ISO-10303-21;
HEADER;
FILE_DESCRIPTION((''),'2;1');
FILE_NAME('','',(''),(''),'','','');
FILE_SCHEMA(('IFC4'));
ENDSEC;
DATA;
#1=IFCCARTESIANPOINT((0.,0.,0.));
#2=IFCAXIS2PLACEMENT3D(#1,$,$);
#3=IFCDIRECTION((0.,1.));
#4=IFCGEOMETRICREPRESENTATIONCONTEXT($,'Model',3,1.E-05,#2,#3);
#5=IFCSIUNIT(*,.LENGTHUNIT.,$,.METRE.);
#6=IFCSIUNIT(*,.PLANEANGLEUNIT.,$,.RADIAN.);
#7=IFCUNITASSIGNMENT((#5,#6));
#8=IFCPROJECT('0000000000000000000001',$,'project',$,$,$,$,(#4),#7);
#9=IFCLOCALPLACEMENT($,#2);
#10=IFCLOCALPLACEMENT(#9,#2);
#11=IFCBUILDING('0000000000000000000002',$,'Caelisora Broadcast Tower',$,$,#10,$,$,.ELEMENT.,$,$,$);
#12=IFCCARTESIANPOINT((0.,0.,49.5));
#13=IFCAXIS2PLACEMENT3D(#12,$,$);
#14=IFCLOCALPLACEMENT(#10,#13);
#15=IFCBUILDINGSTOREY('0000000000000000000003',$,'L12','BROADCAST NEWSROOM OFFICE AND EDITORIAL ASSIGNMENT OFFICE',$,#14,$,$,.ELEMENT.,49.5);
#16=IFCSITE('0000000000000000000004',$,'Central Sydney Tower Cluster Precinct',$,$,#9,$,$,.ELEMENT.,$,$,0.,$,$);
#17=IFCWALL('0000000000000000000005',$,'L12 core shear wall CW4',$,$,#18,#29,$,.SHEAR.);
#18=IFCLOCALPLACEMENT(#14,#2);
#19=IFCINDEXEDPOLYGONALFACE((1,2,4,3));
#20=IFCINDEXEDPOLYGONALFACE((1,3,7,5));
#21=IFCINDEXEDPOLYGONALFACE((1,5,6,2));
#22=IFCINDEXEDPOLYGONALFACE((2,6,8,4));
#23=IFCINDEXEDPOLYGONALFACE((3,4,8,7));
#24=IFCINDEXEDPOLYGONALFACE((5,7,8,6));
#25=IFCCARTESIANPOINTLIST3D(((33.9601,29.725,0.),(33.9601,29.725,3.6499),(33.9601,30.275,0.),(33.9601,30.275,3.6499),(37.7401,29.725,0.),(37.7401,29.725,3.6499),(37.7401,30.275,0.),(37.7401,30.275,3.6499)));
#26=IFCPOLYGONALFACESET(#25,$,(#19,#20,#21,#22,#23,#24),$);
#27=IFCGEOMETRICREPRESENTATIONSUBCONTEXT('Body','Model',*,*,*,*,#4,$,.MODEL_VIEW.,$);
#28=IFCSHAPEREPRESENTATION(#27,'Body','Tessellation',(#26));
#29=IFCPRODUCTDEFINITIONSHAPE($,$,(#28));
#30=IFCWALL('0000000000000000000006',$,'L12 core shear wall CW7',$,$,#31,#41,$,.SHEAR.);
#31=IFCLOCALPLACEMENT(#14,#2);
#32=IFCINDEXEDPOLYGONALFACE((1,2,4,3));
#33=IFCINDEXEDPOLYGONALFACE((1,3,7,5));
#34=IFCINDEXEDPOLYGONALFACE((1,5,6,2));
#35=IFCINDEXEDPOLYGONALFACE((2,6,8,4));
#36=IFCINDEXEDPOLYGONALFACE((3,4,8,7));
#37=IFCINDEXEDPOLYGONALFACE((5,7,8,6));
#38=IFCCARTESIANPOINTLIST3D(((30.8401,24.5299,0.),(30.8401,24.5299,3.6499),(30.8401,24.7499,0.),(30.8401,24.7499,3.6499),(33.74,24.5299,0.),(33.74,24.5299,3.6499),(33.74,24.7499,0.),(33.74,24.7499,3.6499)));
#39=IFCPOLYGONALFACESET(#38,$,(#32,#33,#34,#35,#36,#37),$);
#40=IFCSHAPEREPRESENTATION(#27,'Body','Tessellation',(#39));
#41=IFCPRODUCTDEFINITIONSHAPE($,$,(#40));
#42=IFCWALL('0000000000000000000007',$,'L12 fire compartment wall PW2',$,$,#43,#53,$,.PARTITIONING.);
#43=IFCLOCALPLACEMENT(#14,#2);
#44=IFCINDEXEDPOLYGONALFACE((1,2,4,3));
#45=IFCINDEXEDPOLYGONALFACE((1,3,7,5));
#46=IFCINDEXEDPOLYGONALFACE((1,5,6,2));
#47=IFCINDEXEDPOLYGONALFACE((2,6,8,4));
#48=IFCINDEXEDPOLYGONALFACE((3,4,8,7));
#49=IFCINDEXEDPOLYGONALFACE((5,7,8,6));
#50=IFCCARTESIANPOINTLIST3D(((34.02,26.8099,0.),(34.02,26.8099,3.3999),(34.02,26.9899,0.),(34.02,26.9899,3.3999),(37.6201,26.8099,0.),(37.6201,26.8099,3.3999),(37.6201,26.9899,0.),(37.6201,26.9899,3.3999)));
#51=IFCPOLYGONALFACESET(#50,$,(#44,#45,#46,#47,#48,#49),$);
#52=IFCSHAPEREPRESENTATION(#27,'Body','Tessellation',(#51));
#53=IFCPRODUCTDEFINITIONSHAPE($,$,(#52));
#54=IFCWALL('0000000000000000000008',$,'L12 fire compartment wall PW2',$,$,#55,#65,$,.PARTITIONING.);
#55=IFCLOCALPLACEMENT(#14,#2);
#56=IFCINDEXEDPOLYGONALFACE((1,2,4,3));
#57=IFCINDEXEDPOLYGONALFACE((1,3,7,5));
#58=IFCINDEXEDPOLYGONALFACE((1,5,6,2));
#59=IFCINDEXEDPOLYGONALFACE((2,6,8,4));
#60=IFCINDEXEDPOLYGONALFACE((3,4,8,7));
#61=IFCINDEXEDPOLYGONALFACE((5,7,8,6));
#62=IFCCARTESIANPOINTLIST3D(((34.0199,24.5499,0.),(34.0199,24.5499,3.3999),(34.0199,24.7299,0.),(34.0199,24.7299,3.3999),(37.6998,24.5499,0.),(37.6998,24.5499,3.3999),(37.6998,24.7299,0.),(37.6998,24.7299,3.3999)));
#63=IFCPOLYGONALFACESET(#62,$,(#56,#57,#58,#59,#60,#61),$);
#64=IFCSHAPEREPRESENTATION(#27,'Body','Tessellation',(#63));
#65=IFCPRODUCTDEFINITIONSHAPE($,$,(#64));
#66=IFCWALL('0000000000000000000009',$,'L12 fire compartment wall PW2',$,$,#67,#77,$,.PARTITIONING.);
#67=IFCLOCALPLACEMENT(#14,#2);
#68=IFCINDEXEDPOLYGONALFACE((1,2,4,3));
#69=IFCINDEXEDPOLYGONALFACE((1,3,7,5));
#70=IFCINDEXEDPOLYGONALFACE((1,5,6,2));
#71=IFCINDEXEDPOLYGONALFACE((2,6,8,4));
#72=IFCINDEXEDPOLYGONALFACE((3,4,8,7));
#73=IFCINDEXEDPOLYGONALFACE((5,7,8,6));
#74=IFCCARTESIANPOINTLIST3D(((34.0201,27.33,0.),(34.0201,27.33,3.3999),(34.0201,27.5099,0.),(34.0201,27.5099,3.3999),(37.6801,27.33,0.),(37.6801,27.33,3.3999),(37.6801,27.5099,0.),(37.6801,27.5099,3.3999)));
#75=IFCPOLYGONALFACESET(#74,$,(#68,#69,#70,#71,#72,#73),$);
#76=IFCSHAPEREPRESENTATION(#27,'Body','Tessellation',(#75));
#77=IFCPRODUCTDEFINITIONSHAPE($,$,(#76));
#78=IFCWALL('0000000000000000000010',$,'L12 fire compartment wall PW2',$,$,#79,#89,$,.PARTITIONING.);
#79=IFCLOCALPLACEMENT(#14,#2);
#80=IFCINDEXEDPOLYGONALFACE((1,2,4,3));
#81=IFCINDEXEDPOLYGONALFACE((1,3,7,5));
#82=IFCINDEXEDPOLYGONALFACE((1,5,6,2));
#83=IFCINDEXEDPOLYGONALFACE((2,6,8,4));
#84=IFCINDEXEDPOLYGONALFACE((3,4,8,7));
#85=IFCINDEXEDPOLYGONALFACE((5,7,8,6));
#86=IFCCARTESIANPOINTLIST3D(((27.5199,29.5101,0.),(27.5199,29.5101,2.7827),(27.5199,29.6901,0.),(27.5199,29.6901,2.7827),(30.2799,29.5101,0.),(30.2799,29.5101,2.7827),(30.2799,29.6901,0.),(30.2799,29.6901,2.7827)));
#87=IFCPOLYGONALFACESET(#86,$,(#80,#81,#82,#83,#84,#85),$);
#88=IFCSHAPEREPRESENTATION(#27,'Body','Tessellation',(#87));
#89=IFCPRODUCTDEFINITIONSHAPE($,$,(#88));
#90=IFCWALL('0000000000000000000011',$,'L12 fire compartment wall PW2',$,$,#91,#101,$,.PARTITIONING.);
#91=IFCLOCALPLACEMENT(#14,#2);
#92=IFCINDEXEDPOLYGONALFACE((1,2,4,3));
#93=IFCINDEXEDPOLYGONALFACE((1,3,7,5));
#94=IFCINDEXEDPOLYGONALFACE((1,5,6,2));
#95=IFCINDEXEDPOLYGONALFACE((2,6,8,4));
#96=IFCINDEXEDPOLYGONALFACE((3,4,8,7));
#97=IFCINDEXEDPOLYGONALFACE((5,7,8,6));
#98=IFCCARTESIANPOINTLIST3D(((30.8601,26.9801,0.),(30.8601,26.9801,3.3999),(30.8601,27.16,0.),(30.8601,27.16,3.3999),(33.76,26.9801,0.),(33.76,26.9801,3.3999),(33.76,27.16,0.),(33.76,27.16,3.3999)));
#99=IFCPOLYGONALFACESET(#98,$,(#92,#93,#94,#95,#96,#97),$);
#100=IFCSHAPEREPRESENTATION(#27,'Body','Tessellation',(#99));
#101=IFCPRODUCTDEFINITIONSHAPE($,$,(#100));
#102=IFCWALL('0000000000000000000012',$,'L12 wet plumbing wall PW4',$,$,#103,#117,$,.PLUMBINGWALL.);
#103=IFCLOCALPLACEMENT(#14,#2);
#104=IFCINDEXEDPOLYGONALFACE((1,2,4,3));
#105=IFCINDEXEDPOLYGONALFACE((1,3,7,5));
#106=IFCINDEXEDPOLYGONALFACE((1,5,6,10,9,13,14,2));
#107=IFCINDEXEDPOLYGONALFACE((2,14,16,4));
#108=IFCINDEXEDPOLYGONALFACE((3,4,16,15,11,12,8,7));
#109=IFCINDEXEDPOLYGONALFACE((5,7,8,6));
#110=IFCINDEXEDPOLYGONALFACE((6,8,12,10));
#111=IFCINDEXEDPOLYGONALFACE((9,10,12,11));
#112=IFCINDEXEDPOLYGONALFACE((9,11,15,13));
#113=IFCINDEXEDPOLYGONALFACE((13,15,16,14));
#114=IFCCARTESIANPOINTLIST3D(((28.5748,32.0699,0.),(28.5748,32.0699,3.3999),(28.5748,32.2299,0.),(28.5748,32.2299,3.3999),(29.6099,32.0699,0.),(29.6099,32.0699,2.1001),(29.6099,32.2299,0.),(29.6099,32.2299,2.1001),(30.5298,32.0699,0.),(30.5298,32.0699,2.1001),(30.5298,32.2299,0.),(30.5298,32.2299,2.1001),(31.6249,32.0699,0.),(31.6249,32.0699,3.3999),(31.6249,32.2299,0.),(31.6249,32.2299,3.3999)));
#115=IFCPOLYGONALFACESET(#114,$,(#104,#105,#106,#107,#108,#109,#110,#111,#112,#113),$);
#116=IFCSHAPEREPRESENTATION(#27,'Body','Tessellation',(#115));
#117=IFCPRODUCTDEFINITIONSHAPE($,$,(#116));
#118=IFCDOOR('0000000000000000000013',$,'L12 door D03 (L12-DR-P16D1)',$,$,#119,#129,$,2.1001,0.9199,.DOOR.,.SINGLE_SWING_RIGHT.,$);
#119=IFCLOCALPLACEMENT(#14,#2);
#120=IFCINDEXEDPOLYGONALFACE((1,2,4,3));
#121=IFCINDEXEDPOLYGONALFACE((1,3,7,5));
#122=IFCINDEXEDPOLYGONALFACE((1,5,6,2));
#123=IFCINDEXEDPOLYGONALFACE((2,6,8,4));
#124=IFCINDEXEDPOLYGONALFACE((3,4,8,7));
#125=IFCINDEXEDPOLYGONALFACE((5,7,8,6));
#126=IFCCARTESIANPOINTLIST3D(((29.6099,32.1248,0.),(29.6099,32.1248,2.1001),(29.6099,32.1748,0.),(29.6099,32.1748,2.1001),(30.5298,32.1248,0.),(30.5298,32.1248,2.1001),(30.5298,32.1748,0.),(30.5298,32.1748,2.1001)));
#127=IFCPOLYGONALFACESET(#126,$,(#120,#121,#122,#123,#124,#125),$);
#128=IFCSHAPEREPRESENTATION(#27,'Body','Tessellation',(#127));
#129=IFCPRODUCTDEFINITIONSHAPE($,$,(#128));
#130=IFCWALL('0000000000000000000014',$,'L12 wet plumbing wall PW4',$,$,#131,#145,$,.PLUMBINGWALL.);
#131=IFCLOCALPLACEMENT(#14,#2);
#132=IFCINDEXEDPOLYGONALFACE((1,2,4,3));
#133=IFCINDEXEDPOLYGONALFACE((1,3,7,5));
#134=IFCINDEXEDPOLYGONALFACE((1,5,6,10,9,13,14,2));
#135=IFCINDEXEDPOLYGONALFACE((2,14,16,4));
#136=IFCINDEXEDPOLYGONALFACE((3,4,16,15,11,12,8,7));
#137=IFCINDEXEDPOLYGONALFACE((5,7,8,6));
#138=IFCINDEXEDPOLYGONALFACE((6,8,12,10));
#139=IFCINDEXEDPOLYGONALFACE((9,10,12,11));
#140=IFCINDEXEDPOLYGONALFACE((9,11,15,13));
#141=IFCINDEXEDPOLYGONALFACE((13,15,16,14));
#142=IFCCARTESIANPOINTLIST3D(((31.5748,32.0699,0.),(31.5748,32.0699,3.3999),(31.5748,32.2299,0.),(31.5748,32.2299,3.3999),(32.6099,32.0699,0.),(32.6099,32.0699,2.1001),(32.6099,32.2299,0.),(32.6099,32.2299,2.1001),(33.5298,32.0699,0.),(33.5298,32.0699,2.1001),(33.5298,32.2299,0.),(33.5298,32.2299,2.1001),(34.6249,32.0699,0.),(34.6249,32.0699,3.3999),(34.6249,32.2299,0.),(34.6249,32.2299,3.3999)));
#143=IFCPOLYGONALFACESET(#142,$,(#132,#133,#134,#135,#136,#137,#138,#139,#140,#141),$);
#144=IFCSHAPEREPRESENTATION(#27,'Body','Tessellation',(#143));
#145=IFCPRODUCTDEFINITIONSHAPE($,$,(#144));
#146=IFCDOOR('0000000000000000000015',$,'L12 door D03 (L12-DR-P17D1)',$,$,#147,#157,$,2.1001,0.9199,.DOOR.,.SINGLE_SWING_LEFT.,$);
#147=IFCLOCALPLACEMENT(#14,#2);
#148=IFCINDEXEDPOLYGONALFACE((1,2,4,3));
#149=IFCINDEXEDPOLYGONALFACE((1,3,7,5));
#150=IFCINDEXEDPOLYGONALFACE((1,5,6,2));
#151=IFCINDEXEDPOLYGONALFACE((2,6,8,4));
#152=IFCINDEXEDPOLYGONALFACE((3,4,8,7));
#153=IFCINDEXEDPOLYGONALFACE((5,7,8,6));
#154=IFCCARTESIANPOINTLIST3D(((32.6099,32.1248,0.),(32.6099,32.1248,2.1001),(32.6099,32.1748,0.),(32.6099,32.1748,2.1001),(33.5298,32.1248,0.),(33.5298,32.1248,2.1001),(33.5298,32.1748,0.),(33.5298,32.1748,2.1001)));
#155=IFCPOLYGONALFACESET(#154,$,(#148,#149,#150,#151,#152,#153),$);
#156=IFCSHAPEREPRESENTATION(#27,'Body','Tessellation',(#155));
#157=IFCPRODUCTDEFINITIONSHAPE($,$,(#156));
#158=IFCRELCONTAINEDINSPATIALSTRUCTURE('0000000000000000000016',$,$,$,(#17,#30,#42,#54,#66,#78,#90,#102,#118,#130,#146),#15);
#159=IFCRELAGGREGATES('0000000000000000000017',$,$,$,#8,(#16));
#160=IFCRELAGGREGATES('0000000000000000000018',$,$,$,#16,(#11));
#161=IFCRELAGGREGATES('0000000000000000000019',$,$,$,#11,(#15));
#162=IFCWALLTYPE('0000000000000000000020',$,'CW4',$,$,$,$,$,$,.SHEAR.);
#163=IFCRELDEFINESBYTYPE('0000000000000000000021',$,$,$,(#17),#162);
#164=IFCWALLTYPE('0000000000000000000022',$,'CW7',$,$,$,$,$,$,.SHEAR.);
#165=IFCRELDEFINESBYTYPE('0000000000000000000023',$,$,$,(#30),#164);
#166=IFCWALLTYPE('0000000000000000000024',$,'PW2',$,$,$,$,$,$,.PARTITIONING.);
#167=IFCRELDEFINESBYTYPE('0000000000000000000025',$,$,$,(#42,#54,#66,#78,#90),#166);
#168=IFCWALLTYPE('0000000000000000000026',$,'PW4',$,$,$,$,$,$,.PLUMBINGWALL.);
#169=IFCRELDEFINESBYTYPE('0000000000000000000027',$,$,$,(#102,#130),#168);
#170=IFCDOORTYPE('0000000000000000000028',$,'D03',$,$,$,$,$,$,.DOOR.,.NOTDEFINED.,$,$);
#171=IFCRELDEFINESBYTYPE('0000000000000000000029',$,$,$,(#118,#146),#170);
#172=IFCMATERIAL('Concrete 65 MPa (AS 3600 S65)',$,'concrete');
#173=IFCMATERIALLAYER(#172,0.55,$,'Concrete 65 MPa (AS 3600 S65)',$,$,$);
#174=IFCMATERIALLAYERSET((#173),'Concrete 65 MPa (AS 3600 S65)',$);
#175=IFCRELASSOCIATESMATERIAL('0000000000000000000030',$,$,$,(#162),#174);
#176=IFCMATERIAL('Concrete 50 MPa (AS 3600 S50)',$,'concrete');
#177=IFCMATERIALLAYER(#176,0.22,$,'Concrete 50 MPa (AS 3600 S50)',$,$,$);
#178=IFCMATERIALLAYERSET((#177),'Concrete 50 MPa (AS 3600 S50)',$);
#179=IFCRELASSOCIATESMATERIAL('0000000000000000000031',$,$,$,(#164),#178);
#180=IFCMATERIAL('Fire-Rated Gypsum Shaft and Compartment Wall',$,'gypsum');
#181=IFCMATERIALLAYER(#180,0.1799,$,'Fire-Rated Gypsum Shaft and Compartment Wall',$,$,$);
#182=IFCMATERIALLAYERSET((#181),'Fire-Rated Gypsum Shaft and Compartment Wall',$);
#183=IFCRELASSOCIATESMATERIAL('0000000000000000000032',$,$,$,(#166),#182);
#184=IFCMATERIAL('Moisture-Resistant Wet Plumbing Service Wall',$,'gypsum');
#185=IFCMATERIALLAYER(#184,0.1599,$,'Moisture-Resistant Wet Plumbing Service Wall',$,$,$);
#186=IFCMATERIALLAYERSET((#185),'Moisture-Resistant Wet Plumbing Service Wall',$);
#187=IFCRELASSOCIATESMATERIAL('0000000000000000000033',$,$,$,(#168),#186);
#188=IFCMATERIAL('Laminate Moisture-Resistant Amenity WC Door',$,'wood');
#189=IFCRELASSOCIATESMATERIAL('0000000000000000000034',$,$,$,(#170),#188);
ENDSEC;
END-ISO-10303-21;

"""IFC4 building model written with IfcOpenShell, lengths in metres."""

from ifc_helpers import new_model, si_unit, direction, frame, frame_2d, origin, place, context, subcontext, project, spatial, rectangle, extrude, material, layer, layer_set, type_object, element, fill, save


model = new_model("IFC4")

# Units and contexts
model_context = context("Model", 3, precision=1e-05, world=origin(), true_north=direction((0.0, 1.0)))
body_context = subcontext(model_context, "Body", "Model", "MODEL_VIEW")
ifc_project = project(units=[si_unit("LENGTHUNIT", "METRE"), si_unit("PLANEANGLEUNIT", "RADIAN")], contexts=[model_context])

# Site, building, storey
site_placement = place(None, origin())
site = spatial("IfcSite", under=ifc_project, at=site_placement, Name="Central Sydney Tower Cluster Precinct", CompositionType="ELEMENT", RefElevation=0.0)
building_placement = place(site_placement, origin())
building = spatial("IfcBuilding", under=site, at=building_placement, Name="Caelisora Broadcast Tower", CompositionType="ELEMENT")
storey_placement = place(building_placement, frame((0.0, 0.0, 49.5)))
storey = spatial("IfcBuildingStorey", under=building, at=storey_placement, Name="L12", Description="BROADCAST NEWSROOM OFFICE AND EDITORIAL ASSIGNMENT OFFICE", CompositionType="ELEMENT", Elevation=49.5)

# Walls
ifc_material_1 = material(Name="Concrete 65 MPa (AS 3600 S65)", Category="concrete")
ifc_layer_1 = layer(ifc_material_1, 0.55, Name="Concrete 65 MPa (AS 3600 S65)")
ifc_layer_set_1 = layer_set([ifc_layer_1], Name="Concrete 65 MPa (AS 3600 S65)")
wall_type_1 = type_object("IfcWallType", Name="CW4", PredefinedType="SHEAR", material=ifc_layer_set_1)
wall_1_placement = place(storey_placement, frame((33.96, 30.0, 0.0), z_axis=(0.0, 0.0, 1.0), x_axis=(1.0, 0.0, 0.0)))
element("IfcWall", 1, at=wall_1_placement, inside=storey, type_object=wall_type_1, Name="L12 core shear wall CW4", PredefinedType="SHEAR", context=body_context, shape_type="SweptSolid", body=[
    extrude(rectangle(XDim=3.78, YDim=0.55, at=frame_2d((1.8901, 0.0))), origin(), (0.0, 0.0, 1.0), 3.6499),
])
ifc_material_2 = material(Name="Concrete 50 MPa (AS 3600 S50)", Category="concrete")
ifc_layer_2 = layer(ifc_material_2, 0.22, Name="Concrete 50 MPa (AS 3600 S50)")
ifc_layer_set_2 = layer_set([ifc_layer_2], Name="Concrete 50 MPa (AS 3600 S50)")
wall_type_2 = type_object("IfcWallType", Name="CW7", PredefinedType="SHEAR", material=ifc_layer_set_2)
wall_2_placement = place(storey_placement, frame((30.8401, 24.6399, 0.0), z_axis=(0.0, 0.0, 1.0), x_axis=(1.0, 0.0, 0.0)))
element("IfcWall", 2, at=wall_2_placement, inside=storey, type_object=wall_type_2, Name="L12 core shear wall CW7", PredefinedType="SHEAR", context=body_context, shape_type="SweptSolid", body=[
    extrude(rectangle(XDim=2.8999, YDim=0.22, at=frame_2d((1.45, 0.0))), origin(), (0.0, 0.0, 1.0), 3.6499),
])
ifc_material_3 = material(Name="Fire-Rated Gypsum Shaft and Compartment Wall", Category="gypsum")
ifc_layer_3 = layer(ifc_material_3, 0.1799, Name="Fire-Rated Gypsum Shaft and Compartment Wall")
ifc_layer_set_3 = layer_set([ifc_layer_3], Name="Fire-Rated Gypsum Shaft and Compartment Wall")
wall_type_3 = type_object("IfcWallType", Name="PW2", PredefinedType="PARTITIONING", material=ifc_layer_set_3)
wall_3_placement = place(storey_placement, frame((34.02, 26.8999, 0.0), z_axis=(0.0, 0.0, 1.0), x_axis=(1.0, 0.0, 0.0)))
element("IfcWall", 3, at=wall_3_placement, inside=storey, type_object=wall_type_3, Name="L12 fire compartment wall PW2", PredefinedType="PARTITIONING", context=body_context, shape_type="SweptSolid", body=[
    extrude(rectangle(XDim=3.6001, YDim=0.1799, at=frame_2d((1.8, 0.0))), origin(), (0.0, 0.0, 1.0), 3.3999),
])
wall_4_placement = place(storey_placement, frame((34.02, 24.6399, 0.0), z_axis=(0.0, 0.0, 1.0), x_axis=(1.0, 0.0, 0.0)))
element("IfcWall", 4, at=wall_4_placement, inside=storey, type_object=wall_type_3, Name="L12 fire compartment wall PW2", PredefinedType="PARTITIONING", context=body_context, shape_type="SweptSolid", body=[
    extrude(rectangle(XDim=3.6799, YDim=0.1799, at=frame_2d((1.8398, 0.0))), origin(), (0.0, 0.0, 1.0), 3.3999),
])
wall_5_placement = place(storey_placement, frame((34.02, 27.4199, 0.0), z_axis=(0.0, 0.0, 1.0), x_axis=(1.0, 0.0, 0.0)))
element("IfcWall", 5, at=wall_5_placement, inside=storey, type_object=wall_type_3, Name="L12 fire compartment wall PW2", PredefinedType="PARTITIONING", context=body_context, shape_type="SweptSolid", body=[
    extrude(rectangle(XDim=3.6599, YDim=0.1799, at=frame_2d((1.8301, 0.0))), origin(), (0.0, 0.0, 1.0), 3.3999),
])
wall_6_placement = place(storey_placement, frame((27.52, 29.6001, 0.0), z_axis=(0.0, 0.0, 1.0), x_axis=(1.0, 0.0, 0.0)))
element("IfcWall", 6, at=wall_6_placement, inside=storey, type_object=wall_type_3, Name="L12 fire compartment wall PW2", PredefinedType="PARTITIONING", context=body_context, shape_type="SweptSolid", body=[
    extrude(rectangle(XDim=2.76, YDim=0.1799, at=frame_2d((1.3799, 0.0))), origin(), (0.0, 0.0, 1.0), 2.7827),
])
wall_7_placement = place(storey_placement, frame((30.8601, 27.0701, 0.0), z_axis=(0.0, 0.0, 1.0), x_axis=(1.0, 0.0, 0.0)))
element("IfcWall", 7, at=wall_7_placement, inside=storey, type_object=wall_type_3, Name="L12 fire compartment wall PW2", PredefinedType="PARTITIONING", context=body_context, shape_type="SweptSolid", body=[
    extrude(rectangle(XDim=2.8999, YDim=0.1799, at=frame_2d((1.45, 0.0))), origin(), (0.0, 0.0, 1.0), 3.3999),
])

# Walls, openings, doors
ifc_material_4 = material(Name="Moisture-Resistant Wet Plumbing Service Wall", Category="gypsum")
ifc_layer_4 = layer(ifc_material_4, 0.1599, Name="Moisture-Resistant Wet Plumbing Service Wall")
ifc_layer_set_4 = layer_set([ifc_layer_4], Name="Moisture-Resistant Wet Plumbing Service Wall")
wall_type_4 = type_object("IfcWallType", Name="PW4", PredefinedType="PLUMBINGWALL", material=ifc_layer_set_4)
wall_8_placement = place(storey_placement, frame((28.575, 32.1499, 0.0), z_axis=(0.0, 0.0, 1.0), x_axis=(1.0, 0.0, 0.0)))
wall_8 = element("IfcWall", 8, at=wall_8_placement, inside=storey, type_object=wall_type_4, Name="L12 wet plumbing wall PW4", PredefinedType="PLUMBINGWALL", context=body_context, shape_type="SweptSolid", body=[
    extrude(rectangle(XDim=3.05, YDim=0.1599, at=frame_2d((1.5249, 0.0))), origin(), (0.0, 0.0, 1.0), 3.3999),
])
opening_1_placement = place(wall_8_placement, frame((1.0349, 0.0, 0.0)))
opening_1 = element("IfcOpeningElement", 9, at=opening_1_placement, cuts=wall_8, PredefinedType="OPENING", context=body_context, shape_type="SweptSolid", body=[
    extrude(rectangle(XDim=0.9199, YDim=2.1001, at=frame_2d((0.46, 1.05))), frame((0.0, 0.092, 0.0), z_axis=(0.0, -1.0, 0.0), x_axis=(1.0, 0.0, 0.0)), (0.0, 0.0, 1.0), 0.1838),
])
ifc_material_5 = material(Name="Laminate Moisture-Resistant Amenity WC Door", Category="wood")
door_type = type_object("IfcDoorType", Name="D03", OperationType="NOTDEFINED", PredefinedType="DOOR", material=ifc_material_5)
door_1_placement = place(opening_1_placement, origin())
door_1 = element("IfcDoor", 10, at=door_1_placement, inside=storey, type_object=door_type, Name="L12 door D03 (L12-DR-P16D1)", OperationType="SINGLE_SWING_RIGHT", OverallHeight=2.1001, OverallWidth=0.9199, PredefinedType="DOOR", context=body_context, shape_type="SweptSolid", body=[
    extrude(rectangle(XDim=0.9199, YDim=2.1001, at=frame_2d((0.46, 1.05))), frame((0.0, 0.0249, 0.0), z_axis=(0.0, -1.0, 0.0), x_axis=(1.0, 0.0, 0.0)), (0.0, 0.0, 1.0), 0.05),
])
fill(opening_1, door_1)
wall_9_placement = place(storey_placement, frame((31.575, 32.1499, 0.0), z_axis=(0.0, 0.0, 1.0), x_axis=(1.0, 0.0, 0.0)))
wall_9 = element("IfcWall", 11, at=wall_9_placement, inside=storey, type_object=wall_type_4, Name="L12 wet plumbing wall PW4", PredefinedType="PLUMBINGWALL", context=body_context, shape_type="SweptSolid", body=[
    extrude(rectangle(XDim=3.05, YDim=0.1599, at=frame_2d((1.5249, 0.0))), origin(), (0.0, 0.0, 1.0), 3.3999),
])
opening_2_placement = place(wall_9_placement, frame((1.0349, 0.0, 0.0)))
opening_2 = element("IfcOpeningElement", 12, at=opening_2_placement, cuts=wall_9, PredefinedType="OPENING", context=body_context, shape_type="SweptSolid", body=[
    extrude(rectangle(XDim=0.9199, YDim=2.1001, at=frame_2d((0.46, 1.05))), frame((0.0, 0.092, 0.0), z_axis=(0.0, -1.0, 0.0), x_axis=(1.0, 0.0, 0.0)), (0.0, 0.0, 1.0), 0.1838),
])
door_2_placement = place(opening_2_placement, origin())
door_2 = element("IfcDoor", 13, at=door_2_placement, inside=storey, type_object=door_type, Name="L12 door D03 (L12-DR-P17D1)", OperationType="SINGLE_SWING_LEFT", OverallHeight=2.1001, OverallWidth=0.9199, PredefinedType="DOOR", context=body_context, shape_type="SweptSolid", body=[
    extrude(rectangle(XDim=0.9199, YDim=2.1001, at=frame_2d((0.46, 1.05))), frame((0.0, 0.0249, 0.0), z_axis=(0.0, -1.0, 0.0), x_axis=(1.0, 0.0, 0.0)), (0.0, 0.0, 1.0), 0.05),
])
fill(opening_2, door_2)

save(model, "model.ifc")
